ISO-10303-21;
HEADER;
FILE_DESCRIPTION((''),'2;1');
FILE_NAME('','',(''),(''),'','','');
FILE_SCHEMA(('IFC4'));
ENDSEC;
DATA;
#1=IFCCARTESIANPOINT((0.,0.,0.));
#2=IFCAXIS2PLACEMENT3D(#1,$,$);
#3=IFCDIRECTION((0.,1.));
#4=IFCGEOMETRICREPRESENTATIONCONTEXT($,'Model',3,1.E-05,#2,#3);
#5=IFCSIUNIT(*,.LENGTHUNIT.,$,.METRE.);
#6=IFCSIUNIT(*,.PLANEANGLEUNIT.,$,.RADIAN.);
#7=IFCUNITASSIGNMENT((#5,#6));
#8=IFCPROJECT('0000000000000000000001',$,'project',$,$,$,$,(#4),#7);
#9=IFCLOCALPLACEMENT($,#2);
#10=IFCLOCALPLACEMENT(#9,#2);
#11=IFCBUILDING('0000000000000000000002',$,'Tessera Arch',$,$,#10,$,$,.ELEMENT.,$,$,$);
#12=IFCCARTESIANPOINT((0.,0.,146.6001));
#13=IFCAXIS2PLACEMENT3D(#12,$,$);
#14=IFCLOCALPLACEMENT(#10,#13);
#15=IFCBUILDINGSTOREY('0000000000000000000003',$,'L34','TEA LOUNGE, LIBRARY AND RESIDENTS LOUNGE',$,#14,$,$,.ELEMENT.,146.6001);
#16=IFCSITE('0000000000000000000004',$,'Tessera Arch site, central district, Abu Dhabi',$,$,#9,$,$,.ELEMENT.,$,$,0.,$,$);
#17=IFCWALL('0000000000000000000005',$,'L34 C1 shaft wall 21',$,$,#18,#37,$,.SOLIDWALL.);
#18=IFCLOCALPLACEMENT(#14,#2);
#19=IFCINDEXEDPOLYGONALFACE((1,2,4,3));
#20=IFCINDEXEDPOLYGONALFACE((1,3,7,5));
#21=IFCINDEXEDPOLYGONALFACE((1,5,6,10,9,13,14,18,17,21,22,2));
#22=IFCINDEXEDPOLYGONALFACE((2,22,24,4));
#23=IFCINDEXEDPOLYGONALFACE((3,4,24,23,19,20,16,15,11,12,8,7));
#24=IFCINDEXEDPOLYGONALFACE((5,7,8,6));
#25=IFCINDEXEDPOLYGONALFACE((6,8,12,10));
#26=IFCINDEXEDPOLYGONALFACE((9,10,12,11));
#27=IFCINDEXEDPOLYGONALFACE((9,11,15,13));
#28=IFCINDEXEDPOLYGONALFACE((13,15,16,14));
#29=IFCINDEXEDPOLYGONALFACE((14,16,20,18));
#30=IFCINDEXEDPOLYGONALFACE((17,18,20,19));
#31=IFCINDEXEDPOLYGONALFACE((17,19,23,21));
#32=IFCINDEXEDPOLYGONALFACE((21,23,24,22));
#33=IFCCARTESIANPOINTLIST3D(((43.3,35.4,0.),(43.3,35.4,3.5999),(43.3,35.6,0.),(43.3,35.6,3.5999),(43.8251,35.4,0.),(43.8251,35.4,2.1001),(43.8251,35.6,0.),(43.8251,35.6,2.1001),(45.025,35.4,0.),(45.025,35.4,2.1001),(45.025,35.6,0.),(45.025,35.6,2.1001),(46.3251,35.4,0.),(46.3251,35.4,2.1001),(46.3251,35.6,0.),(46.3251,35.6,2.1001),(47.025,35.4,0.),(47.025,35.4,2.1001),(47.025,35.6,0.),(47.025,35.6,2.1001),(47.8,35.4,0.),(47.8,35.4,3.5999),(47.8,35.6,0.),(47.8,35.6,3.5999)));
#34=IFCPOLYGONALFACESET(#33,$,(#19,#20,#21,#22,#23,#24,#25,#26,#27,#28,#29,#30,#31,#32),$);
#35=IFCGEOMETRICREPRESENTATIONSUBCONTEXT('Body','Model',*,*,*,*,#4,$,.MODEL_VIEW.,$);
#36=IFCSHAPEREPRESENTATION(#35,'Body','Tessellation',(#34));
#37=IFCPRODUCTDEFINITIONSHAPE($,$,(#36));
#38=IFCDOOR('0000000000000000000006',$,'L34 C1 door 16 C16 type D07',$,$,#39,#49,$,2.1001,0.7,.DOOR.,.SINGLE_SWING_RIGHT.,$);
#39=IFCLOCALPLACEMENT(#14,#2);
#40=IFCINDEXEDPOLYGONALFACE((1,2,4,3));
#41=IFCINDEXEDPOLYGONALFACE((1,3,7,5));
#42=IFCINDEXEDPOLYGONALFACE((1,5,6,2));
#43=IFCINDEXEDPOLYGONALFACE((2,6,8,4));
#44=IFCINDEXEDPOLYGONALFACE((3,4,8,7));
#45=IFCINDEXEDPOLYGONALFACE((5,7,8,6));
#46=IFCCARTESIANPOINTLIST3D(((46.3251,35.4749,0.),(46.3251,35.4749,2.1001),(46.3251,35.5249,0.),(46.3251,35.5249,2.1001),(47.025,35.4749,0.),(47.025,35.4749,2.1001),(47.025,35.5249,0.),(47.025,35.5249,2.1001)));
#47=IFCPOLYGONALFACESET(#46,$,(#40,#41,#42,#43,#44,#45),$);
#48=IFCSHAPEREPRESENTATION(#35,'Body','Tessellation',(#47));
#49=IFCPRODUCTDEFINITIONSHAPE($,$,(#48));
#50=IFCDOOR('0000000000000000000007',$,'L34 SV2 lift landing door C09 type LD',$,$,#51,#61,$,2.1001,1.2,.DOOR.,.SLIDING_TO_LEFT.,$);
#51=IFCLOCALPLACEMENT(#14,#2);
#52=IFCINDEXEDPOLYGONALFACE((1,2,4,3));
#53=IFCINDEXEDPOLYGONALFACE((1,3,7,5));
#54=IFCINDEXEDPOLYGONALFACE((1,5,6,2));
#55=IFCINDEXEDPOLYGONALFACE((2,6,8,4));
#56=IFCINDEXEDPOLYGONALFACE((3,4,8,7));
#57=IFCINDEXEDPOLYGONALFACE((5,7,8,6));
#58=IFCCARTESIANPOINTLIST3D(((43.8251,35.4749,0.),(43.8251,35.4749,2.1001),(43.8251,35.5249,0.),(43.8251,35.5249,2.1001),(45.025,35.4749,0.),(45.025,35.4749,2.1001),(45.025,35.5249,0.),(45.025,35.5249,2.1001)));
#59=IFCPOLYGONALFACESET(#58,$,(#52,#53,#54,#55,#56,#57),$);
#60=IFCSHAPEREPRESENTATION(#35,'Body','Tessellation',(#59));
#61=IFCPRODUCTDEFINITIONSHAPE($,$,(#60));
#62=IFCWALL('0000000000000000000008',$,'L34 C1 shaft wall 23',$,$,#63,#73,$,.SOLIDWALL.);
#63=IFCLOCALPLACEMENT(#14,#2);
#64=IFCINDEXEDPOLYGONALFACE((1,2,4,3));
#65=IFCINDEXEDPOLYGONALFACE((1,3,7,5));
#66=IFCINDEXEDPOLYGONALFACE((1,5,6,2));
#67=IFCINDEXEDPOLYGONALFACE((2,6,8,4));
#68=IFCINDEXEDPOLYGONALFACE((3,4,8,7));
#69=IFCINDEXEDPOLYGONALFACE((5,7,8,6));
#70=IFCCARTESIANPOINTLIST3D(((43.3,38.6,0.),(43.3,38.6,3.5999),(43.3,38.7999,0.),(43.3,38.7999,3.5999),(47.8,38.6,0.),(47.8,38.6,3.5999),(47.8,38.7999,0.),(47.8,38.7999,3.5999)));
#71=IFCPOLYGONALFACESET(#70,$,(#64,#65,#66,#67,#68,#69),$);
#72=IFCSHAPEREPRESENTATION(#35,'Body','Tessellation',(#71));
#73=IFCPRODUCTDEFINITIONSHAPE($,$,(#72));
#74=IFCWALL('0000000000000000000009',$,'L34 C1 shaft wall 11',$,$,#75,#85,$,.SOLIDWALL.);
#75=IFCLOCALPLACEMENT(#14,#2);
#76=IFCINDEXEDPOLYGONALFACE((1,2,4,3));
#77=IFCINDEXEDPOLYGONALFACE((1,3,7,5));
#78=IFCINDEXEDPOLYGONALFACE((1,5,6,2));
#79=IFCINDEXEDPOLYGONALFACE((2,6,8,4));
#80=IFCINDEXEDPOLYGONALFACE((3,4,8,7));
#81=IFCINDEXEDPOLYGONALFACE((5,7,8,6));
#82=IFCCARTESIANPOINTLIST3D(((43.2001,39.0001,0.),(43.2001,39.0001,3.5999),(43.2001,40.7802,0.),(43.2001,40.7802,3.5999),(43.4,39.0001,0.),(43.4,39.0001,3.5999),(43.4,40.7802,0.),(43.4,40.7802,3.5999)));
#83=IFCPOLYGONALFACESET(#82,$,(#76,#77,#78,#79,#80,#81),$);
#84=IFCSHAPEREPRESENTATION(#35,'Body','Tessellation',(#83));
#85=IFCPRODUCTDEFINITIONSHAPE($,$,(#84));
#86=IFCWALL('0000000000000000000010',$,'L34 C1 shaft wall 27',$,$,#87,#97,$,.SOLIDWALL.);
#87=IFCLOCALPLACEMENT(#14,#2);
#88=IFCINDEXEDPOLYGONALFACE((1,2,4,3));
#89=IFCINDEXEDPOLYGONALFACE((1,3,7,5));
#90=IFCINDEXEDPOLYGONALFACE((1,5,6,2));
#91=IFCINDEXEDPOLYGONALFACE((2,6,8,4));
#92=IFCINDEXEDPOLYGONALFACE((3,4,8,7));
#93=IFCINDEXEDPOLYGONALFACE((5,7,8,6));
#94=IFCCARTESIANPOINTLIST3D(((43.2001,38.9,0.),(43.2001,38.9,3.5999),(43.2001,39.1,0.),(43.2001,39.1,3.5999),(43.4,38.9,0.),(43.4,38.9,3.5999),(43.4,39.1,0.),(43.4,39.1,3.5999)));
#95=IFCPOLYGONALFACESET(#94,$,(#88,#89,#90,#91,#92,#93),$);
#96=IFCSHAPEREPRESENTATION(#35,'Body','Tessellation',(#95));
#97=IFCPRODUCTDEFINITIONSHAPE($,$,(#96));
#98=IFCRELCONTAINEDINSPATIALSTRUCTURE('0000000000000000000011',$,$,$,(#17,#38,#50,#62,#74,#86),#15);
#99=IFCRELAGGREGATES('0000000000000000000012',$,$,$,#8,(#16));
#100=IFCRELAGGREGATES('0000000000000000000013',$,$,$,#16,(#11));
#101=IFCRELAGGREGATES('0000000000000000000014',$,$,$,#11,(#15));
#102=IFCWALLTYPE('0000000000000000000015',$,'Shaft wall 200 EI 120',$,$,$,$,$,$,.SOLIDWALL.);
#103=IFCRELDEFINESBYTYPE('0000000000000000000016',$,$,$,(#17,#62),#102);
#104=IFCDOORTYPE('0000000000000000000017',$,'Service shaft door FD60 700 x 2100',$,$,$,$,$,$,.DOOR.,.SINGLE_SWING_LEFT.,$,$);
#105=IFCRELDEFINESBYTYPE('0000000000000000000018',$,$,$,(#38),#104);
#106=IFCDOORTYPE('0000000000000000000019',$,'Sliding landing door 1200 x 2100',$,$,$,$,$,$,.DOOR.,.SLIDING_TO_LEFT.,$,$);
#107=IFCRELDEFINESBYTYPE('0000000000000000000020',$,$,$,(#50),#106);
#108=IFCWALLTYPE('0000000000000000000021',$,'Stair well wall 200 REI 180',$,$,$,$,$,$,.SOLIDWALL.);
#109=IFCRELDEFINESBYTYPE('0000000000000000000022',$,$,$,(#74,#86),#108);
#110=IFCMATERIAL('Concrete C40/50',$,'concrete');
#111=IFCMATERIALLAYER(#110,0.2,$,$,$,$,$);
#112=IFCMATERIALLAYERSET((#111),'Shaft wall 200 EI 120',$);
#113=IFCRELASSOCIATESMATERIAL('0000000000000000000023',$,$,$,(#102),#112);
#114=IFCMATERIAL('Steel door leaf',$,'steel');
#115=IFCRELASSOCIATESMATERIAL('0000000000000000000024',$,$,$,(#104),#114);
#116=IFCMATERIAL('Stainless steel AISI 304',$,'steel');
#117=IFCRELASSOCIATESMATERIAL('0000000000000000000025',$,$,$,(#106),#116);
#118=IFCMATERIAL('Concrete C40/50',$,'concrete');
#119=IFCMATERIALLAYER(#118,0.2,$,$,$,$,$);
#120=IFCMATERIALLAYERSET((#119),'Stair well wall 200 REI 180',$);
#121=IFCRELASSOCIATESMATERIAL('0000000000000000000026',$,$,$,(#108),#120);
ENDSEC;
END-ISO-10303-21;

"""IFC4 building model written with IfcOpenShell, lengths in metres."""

from ifc_helpers import new_model, si_unit, direction, frame, frame_2d, origin, place, context, subcontext, project, spatial, rectangle, extrude, material, layer, layer_set, type_object, element, fill, save


model = new_model("IFC4")

# Units and contexts
model_context = context("Model", 3, precision=1e-05, world=origin(), true_north=direction((0.0, 1.0)))
body_context = subcontext(model_context, "Body", "Model", "MODEL_VIEW")
ifc_project = project(units=[si_unit("LENGTHUNIT", "METRE"), si_unit("PLANEANGLEUNIT", "RADIAN")], contexts=[model_context])

# Site, building, storey
site_placement = place(None, origin())
site = spatial("IfcSite", under=ifc_project, at=site_placement, Name="Tessera Arch site, central district, Abu Dhabi", CompositionType="ELEMENT", RefElevation=0.0)
building_placement = place(site_placement, origin())
building = spatial("IfcBuilding", under=site, at=building_placement, Name="Tessera Arch", CompositionType="ELEMENT")
storey_placement = place(building_placement, frame((0.0, 0.0, 146.6001)))
storey = spatial("IfcBuildingStorey", under=building, at=storey_placement, Name="L34", Description="TEA LOUNGE, LIBRARY AND RESIDENTS LOUNGE", CompositionType="ELEMENT", Elevation=146.6001)

# Shared definitions
ifc_material_1 = material(Name="Concrete C40/50", Category="concrete")
ifc_layer_1 = layer(ifc_material_1, 0.2)
ifc_layer_set_1 = layer_set([ifc_layer_1], Name="Shaft wall 200 EI 120")
wall_type_1 = type_object("IfcWallType", Name="Shaft wall 200 EI 120", PredefinedType="SOLIDWALL", material=ifc_layer_set_1)

# Wall, openings, doors
wall_1_placement = place(storey_placement, frame((43.3, 35.5, 0.0), z_axis=(0.0, 0.0, 1.0), x_axis=(1.0, 0.0, 0.0)))
wall_1 = element("IfcWall", 1, at=wall_1_placement, inside=storey, type_object=wall_type_1, Name="L34 C1 shaft wall 21", PredefinedType="SOLIDWALL", context=body_context, shape_type="SweptSolid", body=[
    extrude(rectangle(XDim=4.5, YDim=0.2, at=frame_2d((2.25, 0.0))), origin(), (0.0, 0.0, 1.0), 3.5999),
])
opening_1_placement = place(wall_1_placement, frame((0.5249, 0.0, 0.0)))
opening_1 = element("IfcOpeningElement", 2, at=opening_1_placement, cuts=wall_1, PredefinedType="OPENING", context=body_context, shape_type="SweptSolid", body=[
    extrude(rectangle(XDim=1.2, YDim=2.1001, at=frame_2d((0.6001, 1.05))), frame((0.0, 0.1099, 0.0), z_axis=(0.0, -1.0, 0.0), x_axis=(1.0, 0.0, 0.0)), (0.0, 0.0, 1.0), 0.22),
])
opening_2_placement = place(wall_1_placement, frame((3.0249, 0.0, 0.0)))
opening_2 = element("IfcOpeningElement", 3, at=opening_2_placement, cuts=wall_1, PredefinedType="OPENING", context=body_context, shape_type="SweptSolid", body=[
    extrude(rectangle(XDim=0.7, YDim=2.1001, at=frame_2d((0.3501, 1.05))), frame((0.0, 0.1099, 0.0), z_axis=(0.0, -1.0, 0.0), x_axis=(1.0, 0.0, 0.0)), (0.0, 0.0, 1.0), 0.22),
])
ifc_material_2 = material(Name="Steel door leaf", Category="steel")
door_type_1 = type_object("IfcDoorType", Name="Service shaft door FD60 700 x 2100", OperationType="SINGLE_SWING_LEFT", PredefinedType="DOOR", material=ifc_material_2)
door_1_placement = place(opening_2_placement, origin())
door_1 = element("IfcDoor", 4, at=door_1_placement, inside=storey, type_object=door_type_1, Name="L34 C1 door 16 C16 type D07", OperationType="SINGLE_SWING_RIGHT", OverallHeight=2.1001, OverallWidth=0.7, PredefinedType="DOOR", context=body_context, shape_type="SweptSolid", body=[
    extrude(rectangle(XDim=0.7, YDim=2.1001, at=frame_2d((0.3501, 1.05))), frame((0.0, 0.0249, 0.0), z_axis=(0.0, -1.0, 0.0), x_axis=(1.0, 0.0, 0.0)), (0.0, 0.0, 1.0), 0.05),
])
fill(opening_2, door_1)
ifc_material_3 = material(Name="Stainless steel AISI 304", Category="steel")
door_type_2 = type_object("IfcDoorType", Name="Sliding landing door 1200 x 2100", OperationType="SLIDING_TO_LEFT", PredefinedType="DOOR", material=ifc_material_3)
door_2_placement = place(opening_1_placement, origin())
door_2 = element("IfcDoor", 5, at=door_2_placement, inside=storey, type_object=door_type_2, Name="L34 SV2 lift landing door C09 type LD", OperationType="SLIDING_TO_LEFT", OverallHeight=2.1001, OverallWidth=1.2, PredefinedType="DOOR", context=body_context, shape_type="SweptSolid", body=[
    extrude(rectangle(XDim=1.2, YDim=2.1001, at=frame_2d((0.6001, 1.05))), frame((0.0, 0.0249, 0.0), z_axis=(0.0, -1.0, 0.0), x_axis=(1.0, 0.0, 0.0)), (0.0, 0.0, 1.0), 0.05),
])
fill(opening_1, door_2)

# Walls
wall_2_placement = place(storey_placement, frame((43.3, 38.7, 0.0), z_axis=(0.0, 0.0, 1.0), x_axis=(1.0, 0.0, 0.0)))
element("IfcWall", 6, at=wall_2_placement, inside=storey, type_object=wall_type_1, Name="L34 C1 shaft wall 23", PredefinedType="SOLIDWALL", context=body_context, shape_type="SweptSolid", body=[
    extrude(rectangle(XDim=4.5, YDim=0.2, at=frame_2d((2.25, 0.0))), origin(), (0.0, 0.0, 1.0), 3.5999),
])
ifc_material_4 = material(Name="Concrete C40/50", Category="concrete")
ifc_layer_2 = layer(ifc_material_4, 0.2)
ifc_layer_set_2 = layer_set([ifc_layer_2], Name="Stair well wall 200 REI 180")
wall_type_2 = type_object("IfcWallType", Name="Stair well wall 200 REI 180", PredefinedType="SOLIDWALL", material=ifc_layer_set_2)
wall_3_placement = place(storey_placement, frame((43.3, 39.0, 0.0), z_axis=(0.0, 0.0, 1.0), x_axis=(0.0, 1.0, 0.0)))
element("IfcWall", 7, at=wall_3_placement, inside=storey, type_object=wall_type_2, Name="L34 C1 shaft wall 11", PredefinedType="SOLIDWALL", context=body_context, shape_type="SweptSolid", body=[
    extrude(rectangle(XDim=1.78, YDim=0.2, at=frame_2d((0.8901, 0.0))), origin(), (0.0, 0.0, 1.0), 3.5999),
])
wall_4_placement = place(storey_placement, frame((43.2, 39.0, 0.0), z_axis=(0.0, 0.0, 1.0), x_axis=(1.0, 0.0, 0.0)))
element("IfcWall", 8, at=wall_4_placement, inside=storey, type_object=wall_type_2, Name="L34 C1 shaft wall 27", PredefinedType="SOLIDWALL", context=body_context, shape_type="SweptSolid", body=[
    extrude(rectangle(XDim=0.2, YDim=0.2, at=frame_2d((0.1001, 0.0))), origin(), (0.0, 0.0, 1.0), 3.5999),
])

save(model, "model.ifc")
